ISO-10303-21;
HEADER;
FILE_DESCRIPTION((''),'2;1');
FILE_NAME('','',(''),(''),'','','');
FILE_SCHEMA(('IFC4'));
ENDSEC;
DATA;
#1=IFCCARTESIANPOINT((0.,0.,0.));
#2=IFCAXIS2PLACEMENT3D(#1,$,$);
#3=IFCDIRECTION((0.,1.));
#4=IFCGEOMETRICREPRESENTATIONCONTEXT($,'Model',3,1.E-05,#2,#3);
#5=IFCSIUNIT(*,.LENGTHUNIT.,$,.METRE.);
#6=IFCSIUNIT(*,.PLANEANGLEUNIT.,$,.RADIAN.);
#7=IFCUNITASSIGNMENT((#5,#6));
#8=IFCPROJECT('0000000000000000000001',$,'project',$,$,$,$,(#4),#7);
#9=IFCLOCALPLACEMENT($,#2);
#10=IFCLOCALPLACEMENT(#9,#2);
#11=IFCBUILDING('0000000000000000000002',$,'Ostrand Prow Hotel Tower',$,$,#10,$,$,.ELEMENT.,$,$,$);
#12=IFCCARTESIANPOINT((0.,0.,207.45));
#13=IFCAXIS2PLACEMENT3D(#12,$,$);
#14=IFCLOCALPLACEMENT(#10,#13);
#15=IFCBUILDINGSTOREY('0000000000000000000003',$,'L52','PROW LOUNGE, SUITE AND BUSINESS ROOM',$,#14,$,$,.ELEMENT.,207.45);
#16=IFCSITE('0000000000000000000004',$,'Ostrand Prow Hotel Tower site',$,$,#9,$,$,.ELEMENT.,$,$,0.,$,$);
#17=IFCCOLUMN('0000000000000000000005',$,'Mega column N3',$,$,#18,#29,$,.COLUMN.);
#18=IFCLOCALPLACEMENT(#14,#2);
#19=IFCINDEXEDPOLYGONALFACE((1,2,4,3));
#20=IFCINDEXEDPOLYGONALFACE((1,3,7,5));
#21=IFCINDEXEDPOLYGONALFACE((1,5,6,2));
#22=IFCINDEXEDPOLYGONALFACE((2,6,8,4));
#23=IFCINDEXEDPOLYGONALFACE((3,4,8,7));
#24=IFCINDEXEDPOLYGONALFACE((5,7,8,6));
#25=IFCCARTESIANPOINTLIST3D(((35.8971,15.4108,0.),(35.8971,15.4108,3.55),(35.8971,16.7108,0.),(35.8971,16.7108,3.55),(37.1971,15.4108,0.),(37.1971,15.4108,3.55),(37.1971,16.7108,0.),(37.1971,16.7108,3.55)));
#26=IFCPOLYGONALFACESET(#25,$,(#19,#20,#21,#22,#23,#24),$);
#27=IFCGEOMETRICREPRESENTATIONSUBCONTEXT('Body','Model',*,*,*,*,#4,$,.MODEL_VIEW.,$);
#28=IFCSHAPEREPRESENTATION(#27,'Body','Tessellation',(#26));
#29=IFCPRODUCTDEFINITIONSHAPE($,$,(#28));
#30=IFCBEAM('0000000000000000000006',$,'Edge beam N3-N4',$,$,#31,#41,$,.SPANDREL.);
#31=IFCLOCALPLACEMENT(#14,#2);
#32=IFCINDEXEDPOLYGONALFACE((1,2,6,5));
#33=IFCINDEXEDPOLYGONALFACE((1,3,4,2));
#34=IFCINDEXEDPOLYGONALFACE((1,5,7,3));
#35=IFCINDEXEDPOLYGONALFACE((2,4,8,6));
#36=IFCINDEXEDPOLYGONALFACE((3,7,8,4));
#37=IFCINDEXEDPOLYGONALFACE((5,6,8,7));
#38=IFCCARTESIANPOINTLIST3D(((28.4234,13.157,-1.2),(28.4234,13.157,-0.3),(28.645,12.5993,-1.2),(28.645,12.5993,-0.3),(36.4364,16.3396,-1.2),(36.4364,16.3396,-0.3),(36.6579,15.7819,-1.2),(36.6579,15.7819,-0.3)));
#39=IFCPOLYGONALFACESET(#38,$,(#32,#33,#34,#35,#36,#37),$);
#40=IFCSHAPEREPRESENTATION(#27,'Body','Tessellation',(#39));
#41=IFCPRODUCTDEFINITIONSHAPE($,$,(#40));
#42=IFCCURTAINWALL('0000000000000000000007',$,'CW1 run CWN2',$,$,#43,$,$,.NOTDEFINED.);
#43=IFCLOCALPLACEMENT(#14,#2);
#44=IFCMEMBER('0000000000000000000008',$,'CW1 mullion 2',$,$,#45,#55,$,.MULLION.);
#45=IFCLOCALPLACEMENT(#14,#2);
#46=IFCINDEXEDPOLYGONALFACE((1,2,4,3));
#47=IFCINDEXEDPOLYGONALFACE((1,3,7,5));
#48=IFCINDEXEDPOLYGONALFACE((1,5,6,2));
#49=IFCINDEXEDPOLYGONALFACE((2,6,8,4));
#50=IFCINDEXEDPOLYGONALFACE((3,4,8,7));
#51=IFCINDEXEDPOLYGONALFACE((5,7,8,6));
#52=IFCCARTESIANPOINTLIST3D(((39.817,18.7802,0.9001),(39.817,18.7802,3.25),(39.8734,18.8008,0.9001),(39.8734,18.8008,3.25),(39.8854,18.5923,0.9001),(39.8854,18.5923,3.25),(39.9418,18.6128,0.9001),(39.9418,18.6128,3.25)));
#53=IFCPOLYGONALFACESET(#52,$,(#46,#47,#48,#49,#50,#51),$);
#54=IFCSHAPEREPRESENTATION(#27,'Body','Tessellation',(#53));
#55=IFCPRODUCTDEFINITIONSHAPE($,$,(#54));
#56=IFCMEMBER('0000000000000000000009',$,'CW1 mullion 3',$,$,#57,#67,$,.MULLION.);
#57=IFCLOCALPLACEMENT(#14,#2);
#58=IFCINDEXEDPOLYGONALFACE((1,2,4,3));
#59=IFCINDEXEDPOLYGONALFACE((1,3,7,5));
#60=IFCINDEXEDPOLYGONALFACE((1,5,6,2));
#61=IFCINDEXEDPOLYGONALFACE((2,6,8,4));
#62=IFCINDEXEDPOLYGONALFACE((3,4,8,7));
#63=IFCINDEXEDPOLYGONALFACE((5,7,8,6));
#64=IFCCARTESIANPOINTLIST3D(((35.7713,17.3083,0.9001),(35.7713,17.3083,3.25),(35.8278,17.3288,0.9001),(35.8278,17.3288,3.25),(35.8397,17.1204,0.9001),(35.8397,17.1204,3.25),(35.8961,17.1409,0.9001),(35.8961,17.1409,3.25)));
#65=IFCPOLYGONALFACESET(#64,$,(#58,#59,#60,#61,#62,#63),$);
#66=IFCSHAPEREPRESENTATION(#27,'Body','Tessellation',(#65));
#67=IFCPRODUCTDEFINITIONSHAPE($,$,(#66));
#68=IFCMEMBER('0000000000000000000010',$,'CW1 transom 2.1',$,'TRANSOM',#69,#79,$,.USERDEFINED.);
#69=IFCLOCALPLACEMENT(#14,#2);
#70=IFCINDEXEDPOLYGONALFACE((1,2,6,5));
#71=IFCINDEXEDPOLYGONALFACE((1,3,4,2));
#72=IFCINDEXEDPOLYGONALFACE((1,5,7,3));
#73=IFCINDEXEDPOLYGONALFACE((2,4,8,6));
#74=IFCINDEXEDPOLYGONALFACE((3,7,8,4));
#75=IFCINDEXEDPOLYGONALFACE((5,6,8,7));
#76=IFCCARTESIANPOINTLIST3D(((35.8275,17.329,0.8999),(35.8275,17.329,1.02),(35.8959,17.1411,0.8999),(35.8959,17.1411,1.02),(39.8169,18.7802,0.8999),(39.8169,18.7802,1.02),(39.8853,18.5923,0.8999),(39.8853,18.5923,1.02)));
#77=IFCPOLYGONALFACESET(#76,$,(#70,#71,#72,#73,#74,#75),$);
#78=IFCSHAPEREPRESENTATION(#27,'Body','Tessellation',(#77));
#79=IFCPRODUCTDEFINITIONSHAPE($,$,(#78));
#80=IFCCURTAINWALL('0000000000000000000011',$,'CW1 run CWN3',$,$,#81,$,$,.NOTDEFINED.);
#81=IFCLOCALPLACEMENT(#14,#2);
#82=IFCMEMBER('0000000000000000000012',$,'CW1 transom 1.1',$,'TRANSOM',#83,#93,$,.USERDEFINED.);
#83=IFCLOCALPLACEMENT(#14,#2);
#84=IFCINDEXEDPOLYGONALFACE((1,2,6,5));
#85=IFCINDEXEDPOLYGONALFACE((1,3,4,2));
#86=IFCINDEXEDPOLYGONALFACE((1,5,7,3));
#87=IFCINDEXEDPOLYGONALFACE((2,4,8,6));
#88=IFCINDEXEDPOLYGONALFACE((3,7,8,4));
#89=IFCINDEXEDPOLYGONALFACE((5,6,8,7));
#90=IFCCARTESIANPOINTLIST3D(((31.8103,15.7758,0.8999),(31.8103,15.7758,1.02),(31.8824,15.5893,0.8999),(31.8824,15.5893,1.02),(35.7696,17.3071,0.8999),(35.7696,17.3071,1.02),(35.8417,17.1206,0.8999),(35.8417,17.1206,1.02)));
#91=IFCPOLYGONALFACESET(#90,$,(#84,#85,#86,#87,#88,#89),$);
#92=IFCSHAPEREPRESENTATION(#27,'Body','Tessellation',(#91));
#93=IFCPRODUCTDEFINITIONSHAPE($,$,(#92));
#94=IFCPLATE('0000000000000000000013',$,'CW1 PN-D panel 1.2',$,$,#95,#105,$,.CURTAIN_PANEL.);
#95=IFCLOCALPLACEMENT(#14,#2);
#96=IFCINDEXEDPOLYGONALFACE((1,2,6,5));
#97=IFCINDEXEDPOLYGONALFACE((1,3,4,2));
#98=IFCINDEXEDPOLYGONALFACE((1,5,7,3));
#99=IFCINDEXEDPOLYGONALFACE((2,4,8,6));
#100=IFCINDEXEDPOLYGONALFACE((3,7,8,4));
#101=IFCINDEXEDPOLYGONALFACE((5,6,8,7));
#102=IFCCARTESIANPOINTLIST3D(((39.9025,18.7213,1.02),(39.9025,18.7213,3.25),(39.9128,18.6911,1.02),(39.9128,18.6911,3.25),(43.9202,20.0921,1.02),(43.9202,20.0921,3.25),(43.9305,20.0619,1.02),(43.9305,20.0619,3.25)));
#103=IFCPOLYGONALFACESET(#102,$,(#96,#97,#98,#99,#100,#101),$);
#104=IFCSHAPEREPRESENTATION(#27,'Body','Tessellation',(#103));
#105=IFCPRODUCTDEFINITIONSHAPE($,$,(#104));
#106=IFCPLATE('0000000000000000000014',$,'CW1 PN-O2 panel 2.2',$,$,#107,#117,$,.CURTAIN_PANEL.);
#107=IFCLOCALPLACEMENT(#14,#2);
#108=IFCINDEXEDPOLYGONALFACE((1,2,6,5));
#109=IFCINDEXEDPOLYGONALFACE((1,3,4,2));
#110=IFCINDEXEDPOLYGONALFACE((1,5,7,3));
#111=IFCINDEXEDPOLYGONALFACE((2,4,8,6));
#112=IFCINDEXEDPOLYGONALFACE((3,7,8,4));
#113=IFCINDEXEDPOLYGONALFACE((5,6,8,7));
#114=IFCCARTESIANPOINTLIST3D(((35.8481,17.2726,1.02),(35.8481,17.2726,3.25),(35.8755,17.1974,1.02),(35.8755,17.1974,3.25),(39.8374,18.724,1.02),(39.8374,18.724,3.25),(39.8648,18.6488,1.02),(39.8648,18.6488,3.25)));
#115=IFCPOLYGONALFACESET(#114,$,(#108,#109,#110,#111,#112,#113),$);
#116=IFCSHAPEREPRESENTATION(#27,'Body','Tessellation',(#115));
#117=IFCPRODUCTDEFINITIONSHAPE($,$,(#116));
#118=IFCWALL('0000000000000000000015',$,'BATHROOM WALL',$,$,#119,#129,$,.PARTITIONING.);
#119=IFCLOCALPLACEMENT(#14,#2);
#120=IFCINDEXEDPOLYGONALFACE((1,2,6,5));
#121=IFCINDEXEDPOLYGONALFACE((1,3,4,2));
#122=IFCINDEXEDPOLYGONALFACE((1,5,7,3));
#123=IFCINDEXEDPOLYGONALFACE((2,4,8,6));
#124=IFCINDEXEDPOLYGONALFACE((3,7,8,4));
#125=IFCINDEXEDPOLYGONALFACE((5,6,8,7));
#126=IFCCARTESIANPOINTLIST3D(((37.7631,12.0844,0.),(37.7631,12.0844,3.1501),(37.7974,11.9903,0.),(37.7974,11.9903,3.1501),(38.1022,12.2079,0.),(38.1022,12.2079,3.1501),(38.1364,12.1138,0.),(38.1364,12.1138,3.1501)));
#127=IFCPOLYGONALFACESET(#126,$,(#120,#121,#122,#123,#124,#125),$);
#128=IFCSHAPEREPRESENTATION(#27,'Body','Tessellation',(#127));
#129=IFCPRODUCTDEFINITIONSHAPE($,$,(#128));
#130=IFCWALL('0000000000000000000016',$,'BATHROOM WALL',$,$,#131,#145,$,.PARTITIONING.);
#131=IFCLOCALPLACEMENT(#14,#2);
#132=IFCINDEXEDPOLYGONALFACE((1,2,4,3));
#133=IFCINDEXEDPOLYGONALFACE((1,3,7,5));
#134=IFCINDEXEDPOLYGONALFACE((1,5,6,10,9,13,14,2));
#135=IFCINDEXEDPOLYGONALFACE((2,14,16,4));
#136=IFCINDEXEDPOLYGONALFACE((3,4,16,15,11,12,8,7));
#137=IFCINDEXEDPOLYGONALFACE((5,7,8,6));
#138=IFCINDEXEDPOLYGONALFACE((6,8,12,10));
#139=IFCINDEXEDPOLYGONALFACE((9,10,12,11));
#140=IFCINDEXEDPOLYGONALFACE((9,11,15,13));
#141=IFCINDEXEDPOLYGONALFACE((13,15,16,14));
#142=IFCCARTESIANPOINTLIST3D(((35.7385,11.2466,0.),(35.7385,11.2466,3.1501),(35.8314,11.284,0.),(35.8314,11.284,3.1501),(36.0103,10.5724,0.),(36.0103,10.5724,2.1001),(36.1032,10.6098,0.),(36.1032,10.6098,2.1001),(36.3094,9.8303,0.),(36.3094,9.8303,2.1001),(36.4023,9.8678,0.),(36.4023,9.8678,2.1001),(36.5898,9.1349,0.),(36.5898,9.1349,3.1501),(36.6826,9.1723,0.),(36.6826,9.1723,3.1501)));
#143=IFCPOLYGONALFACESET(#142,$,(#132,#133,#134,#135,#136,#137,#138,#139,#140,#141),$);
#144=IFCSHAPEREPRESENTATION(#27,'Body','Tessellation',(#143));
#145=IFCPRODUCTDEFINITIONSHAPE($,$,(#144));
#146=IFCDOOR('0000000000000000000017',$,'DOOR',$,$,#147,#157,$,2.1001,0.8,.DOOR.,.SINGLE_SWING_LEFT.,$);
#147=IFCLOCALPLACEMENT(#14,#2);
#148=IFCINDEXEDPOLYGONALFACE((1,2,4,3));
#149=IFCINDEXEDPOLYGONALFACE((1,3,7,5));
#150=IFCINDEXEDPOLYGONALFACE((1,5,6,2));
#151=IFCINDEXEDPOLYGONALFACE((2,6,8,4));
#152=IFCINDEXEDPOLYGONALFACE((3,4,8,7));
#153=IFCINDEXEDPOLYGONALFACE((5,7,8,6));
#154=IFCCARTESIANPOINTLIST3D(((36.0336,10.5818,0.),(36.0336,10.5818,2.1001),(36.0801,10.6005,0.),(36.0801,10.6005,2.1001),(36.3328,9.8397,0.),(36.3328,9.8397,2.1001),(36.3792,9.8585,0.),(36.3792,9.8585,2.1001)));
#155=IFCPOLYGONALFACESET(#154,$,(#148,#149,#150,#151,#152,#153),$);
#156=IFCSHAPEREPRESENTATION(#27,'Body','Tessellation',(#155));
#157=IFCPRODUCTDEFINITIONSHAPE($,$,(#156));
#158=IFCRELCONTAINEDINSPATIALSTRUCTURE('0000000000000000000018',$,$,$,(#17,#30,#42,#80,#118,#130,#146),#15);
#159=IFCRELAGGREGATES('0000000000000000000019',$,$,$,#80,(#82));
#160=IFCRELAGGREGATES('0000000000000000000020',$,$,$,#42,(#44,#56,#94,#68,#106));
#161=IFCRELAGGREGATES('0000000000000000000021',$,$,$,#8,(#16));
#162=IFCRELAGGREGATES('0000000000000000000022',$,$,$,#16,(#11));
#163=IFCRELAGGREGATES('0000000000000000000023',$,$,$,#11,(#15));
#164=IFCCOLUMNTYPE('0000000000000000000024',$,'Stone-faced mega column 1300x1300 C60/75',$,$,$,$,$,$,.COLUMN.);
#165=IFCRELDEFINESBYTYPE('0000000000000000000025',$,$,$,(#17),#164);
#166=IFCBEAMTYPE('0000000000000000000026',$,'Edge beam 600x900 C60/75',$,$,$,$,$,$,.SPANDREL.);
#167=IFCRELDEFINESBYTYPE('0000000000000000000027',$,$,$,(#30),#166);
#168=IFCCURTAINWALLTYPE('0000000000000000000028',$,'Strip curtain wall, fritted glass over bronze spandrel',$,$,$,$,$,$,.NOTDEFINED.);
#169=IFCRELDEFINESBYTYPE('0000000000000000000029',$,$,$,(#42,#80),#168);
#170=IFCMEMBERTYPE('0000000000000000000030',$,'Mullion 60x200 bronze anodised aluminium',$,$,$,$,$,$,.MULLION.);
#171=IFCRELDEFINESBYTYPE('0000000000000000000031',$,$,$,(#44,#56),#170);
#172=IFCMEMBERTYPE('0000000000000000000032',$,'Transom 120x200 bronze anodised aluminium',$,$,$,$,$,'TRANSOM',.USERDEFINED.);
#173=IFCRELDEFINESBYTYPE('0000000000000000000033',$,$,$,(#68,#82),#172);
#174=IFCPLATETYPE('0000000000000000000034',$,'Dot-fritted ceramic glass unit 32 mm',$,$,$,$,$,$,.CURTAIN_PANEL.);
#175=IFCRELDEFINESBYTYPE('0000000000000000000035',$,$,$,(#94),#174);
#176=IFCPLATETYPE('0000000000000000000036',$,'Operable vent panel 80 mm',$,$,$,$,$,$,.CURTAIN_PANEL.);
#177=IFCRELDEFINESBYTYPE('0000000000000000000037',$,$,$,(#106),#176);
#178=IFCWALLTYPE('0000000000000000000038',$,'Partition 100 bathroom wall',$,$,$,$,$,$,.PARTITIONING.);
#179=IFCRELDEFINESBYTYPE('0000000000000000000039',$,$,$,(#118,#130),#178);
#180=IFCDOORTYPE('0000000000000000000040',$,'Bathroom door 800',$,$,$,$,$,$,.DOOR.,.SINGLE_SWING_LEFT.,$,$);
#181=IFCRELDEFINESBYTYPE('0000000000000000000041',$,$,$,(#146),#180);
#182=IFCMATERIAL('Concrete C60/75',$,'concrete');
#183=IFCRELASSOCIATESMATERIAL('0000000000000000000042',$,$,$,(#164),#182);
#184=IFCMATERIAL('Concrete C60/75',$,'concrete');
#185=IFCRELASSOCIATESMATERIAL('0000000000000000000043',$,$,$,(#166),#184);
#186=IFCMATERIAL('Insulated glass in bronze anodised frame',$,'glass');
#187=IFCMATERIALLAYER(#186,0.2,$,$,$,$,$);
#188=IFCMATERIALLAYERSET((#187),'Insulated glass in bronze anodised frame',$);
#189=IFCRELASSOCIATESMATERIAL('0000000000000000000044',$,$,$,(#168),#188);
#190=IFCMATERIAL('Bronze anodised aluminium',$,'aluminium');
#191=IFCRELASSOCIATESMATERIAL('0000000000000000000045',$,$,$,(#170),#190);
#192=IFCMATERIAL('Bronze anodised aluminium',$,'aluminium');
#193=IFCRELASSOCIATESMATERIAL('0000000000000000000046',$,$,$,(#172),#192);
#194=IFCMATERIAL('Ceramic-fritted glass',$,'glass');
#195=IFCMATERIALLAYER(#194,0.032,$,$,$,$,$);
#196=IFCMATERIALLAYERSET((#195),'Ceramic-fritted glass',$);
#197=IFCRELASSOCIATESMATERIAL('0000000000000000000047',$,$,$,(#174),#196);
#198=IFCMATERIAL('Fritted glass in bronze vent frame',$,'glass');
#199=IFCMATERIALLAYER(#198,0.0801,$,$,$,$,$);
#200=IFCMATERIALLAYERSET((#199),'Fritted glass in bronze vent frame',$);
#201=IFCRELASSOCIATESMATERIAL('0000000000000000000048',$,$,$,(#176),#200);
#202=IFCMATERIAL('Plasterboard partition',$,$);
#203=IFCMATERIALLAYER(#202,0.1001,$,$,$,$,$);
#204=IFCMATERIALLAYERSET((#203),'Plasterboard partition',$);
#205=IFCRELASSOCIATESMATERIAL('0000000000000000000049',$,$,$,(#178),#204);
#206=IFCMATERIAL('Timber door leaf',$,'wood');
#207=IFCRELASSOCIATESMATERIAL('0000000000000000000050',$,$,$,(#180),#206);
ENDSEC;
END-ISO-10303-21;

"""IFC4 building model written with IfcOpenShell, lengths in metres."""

from ifc_helpers import new_model, si_unit, direction, frame, frame_2d, origin, origin_2d, place, context, subcontext, project, spatial, rectangle, extrude, material, layer, layer_set, material_profile, profile_set, type_object, element, fill, aggregate, save


model = new_model("IFC4")

# Units and contexts
model_context = context("Model", 3, precision=1e-05, world=origin(), true_north=direction((0.0, 1.0)))
body_context = subcontext(model_context, "Body", "Model", "MODEL_VIEW")
ifc_project = project(units=[si_unit("LENGTHUNIT", "METRE"), si_unit("PLANEANGLEUNIT", "RADIAN")], contexts=[model_context])

# Site, building, storey
site_placement = place(None, origin())
site = spatial("IfcSite", under=ifc_project, at=site_placement, Name="Ostrand Prow Hotel Tower site", CompositionType="ELEMENT", RefElevation=0.0)
building_placement = place(site_placement, origin())
building = spatial("IfcBuilding", under=site, at=building_placement, Name="Ostrand Prow Hotel Tower", CompositionType="ELEMENT")
storey_placement = place(building_placement, frame((0.0, 0.0, 207.45)))
storey = spatial("IfcBuildingStorey", under=building, at=storey_placement, Name="L52", Description="PROW LOUNGE, SUITE AND BUSINESS ROOM", CompositionType="ELEMENT", Elevation=207.45)

# Column
ifc_material_1 = material(Name="Concrete C60/75", Category="concrete")
ifc_material_profile_1 = material_profile(ifc_material_1, rectangle(XDim=1.3, YDim=1.3, at=origin_2d()), Name="RC 1300x1300")
ifc_profile_set_1 = profile_set([ifc_material_profile_1], Name="Concrete C60/75")
column_type = type_object("IfcColumnType", Name="Stone-faced mega column 1300x1300 C60/75", PredefinedType="COLUMN", material=ifc_profile_set_1)
column_placement = place(storey_placement, frame((36.5471, 16.0608, 0.0), z_axis=(0.0, 0.0, 1.0), x_axis=(1.0, 0.0, 0.0)))
element("IfcColumn", 1, at=column_placement, inside=storey, type_object=column_type, Name="Mega column N3", PredefinedType="COLUMN", context=body_context, shape_type="SweptSolid", body=[
    extrude(rectangle(XDim=1.3, YDim=1.3, at=origin_2d()), origin(), (0.0, 0.0, 1.0), 3.55),
])

# Beam
ifc_material_2 = material(Name="Concrete C60/75", Category="concrete")
ifc_material_profile_2 = material_profile(ifc_material_2, rectangle(XDim=0.6001, YDim=0.8999, at=origin_2d()), Name="RC 600x900")
ifc_profile_set_2 = profile_set([ifc_material_profile_2], Name="Concrete C60/75")
beam_type = type_object("IfcBeamType", Name="Edge beam 600x900 C60/75", PredefinedType="SPANDREL", material=ifc_profile_set_2)
beam_placement = place(storey_placement, frame((36.5471, 16.0608, -0.75), z_axis=(-0.929376, -0.369134, 0.0), x_axis=(0.369134, -0.929376, 0.0)))
element("IfcBeam", 2, at=beam_placement, inside=storey, type_object=beam_type, Name="Edge beam N3-N4", PredefinedType="SPANDREL", context=body_context, shape_type="SweptSolid", body=[
    extrude(rectangle(XDim=0.6001, YDim=0.8999, at=origin_2d()), origin(), (0.0, 0.0, 1.0), 8.6218),
])

# Curtain wall, members
ifc_material_3 = material(Name="Insulated glass in bronze anodised frame", Category="glass")
ifc_layer_1 = layer(ifc_material_3, 0.2)
ifc_layer_set_1 = layer_set([ifc_layer_1], Name="Insulated glass in bronze anodised frame")
curtain_wall_type = type_object("IfcCurtainWallType", Name="Strip curtain wall, fritted glass over bronze spandrel", PredefinedType="NOTDEFINED", material=ifc_layer_set_1)
curtain_wall_1_placement = place(storey_placement, origin())
curtain_wall_1 = element("IfcCurtainWall", 3, at=curtain_wall_1_placement, inside=storey, type_object=curtain_wall_type, Name="CW1 run CWN2", PredefinedType="NOTDEFINED")
ifc_material_4 = material(Name="Bronze anodised aluminium", Category="aluminium")
ifc_material_profile_3 = material_profile(ifc_material_4, rectangle(XDim=0.2, YDim=0.0601, at=origin_2d()), Name="Mullion 60x200 bronze anodised aluminium")
ifc_profile_set_3 = profile_set([ifc_material_profile_3], Name="Bronze anodised aluminium")
member_type_1 = type_object("IfcMemberType", Name="Mullion 60x200 bronze anodised aluminium", PredefinedType="MULLION", material=ifc_profile_set_3)
member_1_placement = place(storey_placement, frame((39.8794, 18.6965, 0.9001), z_axis=(0.0, 0.0, 1.0), x_axis=(0.341897, -0.939737, 0.0)))
member_1 = element("IfcMember", 4, at=member_1_placement, type_object=member_type_1, Name="CW1 mullion 2", PredefinedType="MULLION", context=body_context, shape_type="SweptSolid", body=[
    extrude(rectangle(XDim=0.2, YDim=0.0601, at=origin_2d()), origin(), (0.0, 0.0, 1.0), 2.3499),
])
member_2_placement = place(storey_placement, frame((35.8337, 17.2246, 0.9001), z_axis=(0.0, 0.0, 1.0), x_axis=(0.341897, -0.939737, 0.0)))
member_2 = element("IfcMember", 5, at=member_2_placement, type_object=member_type_1, Name="CW1 mullion 3", PredefinedType="MULLION", context=body_context, shape_type="SweptSolid", body=[
    extrude(rectangle(XDim=0.2, YDim=0.0601, at=origin_2d()), origin(), (0.0, 0.0, 1.0), 2.3499),
])
ifc_material_5 = material(Name="Bronze anodised aluminium", Category="aluminium")
ifc_material_profile_4 = material_profile(ifc_material_5, rectangle(XDim=0.2, YDim=0.1201, at=origin_2d()), Name="Transom 120x200 bronze anodised aluminium")
ifc_profile_set_4 = profile_set([ifc_material_profile_4], Name="Bronze anodised aluminium")
member_type_2 = type_object("IfcMemberType", Name="Transom 120x200 bronze anodised aluminium", ElementType="TRANSOM", PredefinedType="USERDEFINED", material=ifc_profile_set_4)
member_3_placement = place(storey_placement, frame((39.8511, 18.6863, 0.96), z_axis=(-0.939753, -0.341854, 0.0), x_axis=(0.341854, -0.939753, 0.0)))
member_3 = element("IfcMember", 6, at=member_3_placement, type_object=member_type_2, Name="CW1 transom 2.1", ObjectType="TRANSOM", PredefinedType="USERDEFINED", context=body_context, shape_type="SweptSolid", body=[
    extrude(rectangle(XDim=0.2, YDim=0.1201, at=origin_2d()), origin(), (0.0, 0.0, 1.0), 4.2451),
])

# Curtain wall, member
curtain_wall_2_placement = place(storey_placement, origin())
curtain_wall_2 = element("IfcCurtainWall", 7, at=curtain_wall_2_placement, inside=storey, type_object=curtain_wall_type, Name="CW1 run CWN3", PredefinedType="NOTDEFINED")
member_4_placement = place(storey_placement, frame((35.8057, 17.2139, 0.96), z_axis=(-0.932675, -0.360717, 0.0), x_axis=(0.360717, -0.932675, 0.0)))
member_4 = element("IfcMember", 8, at=member_4_placement, type_object=member_type_2, Name="CW1 transom 1.1", ObjectType="TRANSOM", PredefinedType="USERDEFINED", context=body_context, shape_type="SweptSolid", body=[
    extrude(rectangle(XDim=0.2, YDim=0.1201, at=origin_2d()), origin(), (0.0, 0.0, 1.0), 4.2451),
])
aggregate(curtain_wall_2, [member_4])

# Plates
ifc_material_6 = material(Name="Ceramic-fritted glass", Category="glass")
ifc_layer_2 = layer(ifc_material_6, 0.032)
ifc_layer_set_2 = layer_set([ifc_layer_2], Name="Ceramic-fritted glass")
plate_type_1 = type_object("IfcPlateType", Name="Dot-fritted ceramic glass unit 32 mm", PredefinedType="CURTAIN_PANEL", material=ifc_layer_set_2)
plate_1_placement = place(storey_placement, frame((41.9165, 19.3916, 1.02), z_axis=(0.0, 0.0, 1.0), x_axis=(-0.94643, -0.322908, 0.0)))
plate_1 = element("IfcPlate", 9, at=plate_1_placement, type_object=plate_type_1, Name="CW1 PN-D panel 1.2", PredefinedType="CURTAIN_PANEL", context=body_context, shape_type="SweptSolid", body=[
    extrude(rectangle(XDim=4.2451, YDim=0.032, at=origin_2d()), origin(), (0.0, 0.0, 1.0), 2.23),
])
ifc_material_7 = material(Name="Fritted glass in bronze vent frame", Category="glass")
ifc_layer_3 = layer(ifc_material_7, 0.0801)
ifc_layer_set_3 = layer_set([ifc_layer_3], Name="Fritted glass in bronze vent frame")
plate_type_2 = type_object("IfcPlateType", Name="Operable vent panel 80 mm", PredefinedType="CURTAIN_PANEL", material=ifc_layer_set_3)
plate_2_placement = place(storey_placement, frame((37.8564, 17.9607, 1.02), z_axis=(0.0, 0.0, 1.0), x_axis=(-0.939737, -0.341897, 0.0)))
plate_2 = element("IfcPlate", 10, at=plate_2_placement, type_object=plate_type_2, Name="CW1 PN-O2 panel 2.2", PredefinedType="CURTAIN_PANEL", context=body_context, shape_type="SweptSolid", body=[
    extrude(rectangle(XDim=4.2451, YDim=0.0801, at=origin_2d()), origin(), (0.0, 0.0, 1.0), 2.23),
])
aggregate(curtain_wall_1, [member_1, member_2, plate_1, member_3, plate_2])

# Wall
ifc_material_8 = material(Name="Plasterboard partition")
ifc_layer_4 = layer(ifc_material_8, 0.1001)
ifc_layer_set_4 = layer_set([ifc_layer_4], Name="Plasterboard partition")
wall_type_1 = type_object("IfcWallType", Name="Partition 100 bathroom wall", PredefinedType="PARTITIONING", material=ifc_layer_set_4)
wall_1_placement = place(storey_placement, frame((37.7803, 12.0374, 0.0), z_axis=(0.0, 0.0, 1.0), x_axis=(0.939596, 0.342286, 0.0)))
element("IfcWall", 11, at=wall_1_placement, inside=storey, type_object=wall_type_1, Name="BATHROOM WALL", PredefinedType="PARTITIONING", context=body_context, shape_type="SweptSolid", body=[
    extrude(rectangle(XDim=0.3608, YDim=0.1001, at=frame_2d((0.1804, 0.0))), origin(), (0.0, 0.0, 1.0), 3.1501),
])

# Wall, opening, door
wall_2_placement = place(storey_placement, frame((36.6362, 9.1536, 0.0), z_axis=(0.0, 0.0, 1.0), x_axis=(-0.373885, 0.927475, 0.0)))
wall_2 = element("IfcWall", 12, at=wall_2_placement, inside=storey, type_object=wall_type_1, Name="BATHROOM WALL", PredefinedType="PARTITIONING", context=body_context, shape_type="SweptSolid", body=[
    extrude(rectangle(XDim=2.2769, YDim=0.1001, at=frame_2d((1.1384, 0.0))), origin(), (0.0, 0.0, 1.0), 3.1501),
])
opening_1_placement = place(wall_2_placement, frame((0.75, 0.0, 0.0)))
opening_1 = element("IfcOpeningElement", 13, at=opening_1_placement, cuts=wall_2, PredefinedType="OPENING", context=body_context, shape_type="SweptSolid", body=[
    extrude(rectangle(XDim=0.8, YDim=2.1001, at=frame_2d((0.3999, 1.05))), frame((0.0, 0.0601, 0.0), z_axis=(0.0, -1.0, 0.0), x_axis=(1.0, 0.0, 0.0)), (0.0, 0.0, 1.0), 0.1201),
])
ifc_material_9 = material(Name="Timber door leaf", Category="wood")
door_type_1 = type_object("IfcDoorType", Name="Bathroom door 800", OperationType="SINGLE_SWING_LEFT", PredefinedType="DOOR", material=ifc_material_9)
door_1_placement = place(opening_1_placement, origin())
door_1 = element("IfcDoor", 14, at=door_1_placement, inside=storey, type_object=door_type_1, Name="DOOR", OperationType="SINGLE_SWING_LEFT", OverallHeight=2.1001, OverallWidth=0.8, PredefinedType="DOOR", context=body_context, shape_type="SweptSolid", body=[
    extrude(rectangle(XDim=0.8, YDim=2.1001, at=frame_2d((0.3999, 1.05))), frame((0.0, 0.0249, 0.0), z_axis=(0.0, -1.0, 0.0), x_axis=(1.0, 0.0, 0.0)), (0.0, 0.0, 1.0), 0.05),
])
fill(opening_1, door_1)

save(model, "model.ifc")
